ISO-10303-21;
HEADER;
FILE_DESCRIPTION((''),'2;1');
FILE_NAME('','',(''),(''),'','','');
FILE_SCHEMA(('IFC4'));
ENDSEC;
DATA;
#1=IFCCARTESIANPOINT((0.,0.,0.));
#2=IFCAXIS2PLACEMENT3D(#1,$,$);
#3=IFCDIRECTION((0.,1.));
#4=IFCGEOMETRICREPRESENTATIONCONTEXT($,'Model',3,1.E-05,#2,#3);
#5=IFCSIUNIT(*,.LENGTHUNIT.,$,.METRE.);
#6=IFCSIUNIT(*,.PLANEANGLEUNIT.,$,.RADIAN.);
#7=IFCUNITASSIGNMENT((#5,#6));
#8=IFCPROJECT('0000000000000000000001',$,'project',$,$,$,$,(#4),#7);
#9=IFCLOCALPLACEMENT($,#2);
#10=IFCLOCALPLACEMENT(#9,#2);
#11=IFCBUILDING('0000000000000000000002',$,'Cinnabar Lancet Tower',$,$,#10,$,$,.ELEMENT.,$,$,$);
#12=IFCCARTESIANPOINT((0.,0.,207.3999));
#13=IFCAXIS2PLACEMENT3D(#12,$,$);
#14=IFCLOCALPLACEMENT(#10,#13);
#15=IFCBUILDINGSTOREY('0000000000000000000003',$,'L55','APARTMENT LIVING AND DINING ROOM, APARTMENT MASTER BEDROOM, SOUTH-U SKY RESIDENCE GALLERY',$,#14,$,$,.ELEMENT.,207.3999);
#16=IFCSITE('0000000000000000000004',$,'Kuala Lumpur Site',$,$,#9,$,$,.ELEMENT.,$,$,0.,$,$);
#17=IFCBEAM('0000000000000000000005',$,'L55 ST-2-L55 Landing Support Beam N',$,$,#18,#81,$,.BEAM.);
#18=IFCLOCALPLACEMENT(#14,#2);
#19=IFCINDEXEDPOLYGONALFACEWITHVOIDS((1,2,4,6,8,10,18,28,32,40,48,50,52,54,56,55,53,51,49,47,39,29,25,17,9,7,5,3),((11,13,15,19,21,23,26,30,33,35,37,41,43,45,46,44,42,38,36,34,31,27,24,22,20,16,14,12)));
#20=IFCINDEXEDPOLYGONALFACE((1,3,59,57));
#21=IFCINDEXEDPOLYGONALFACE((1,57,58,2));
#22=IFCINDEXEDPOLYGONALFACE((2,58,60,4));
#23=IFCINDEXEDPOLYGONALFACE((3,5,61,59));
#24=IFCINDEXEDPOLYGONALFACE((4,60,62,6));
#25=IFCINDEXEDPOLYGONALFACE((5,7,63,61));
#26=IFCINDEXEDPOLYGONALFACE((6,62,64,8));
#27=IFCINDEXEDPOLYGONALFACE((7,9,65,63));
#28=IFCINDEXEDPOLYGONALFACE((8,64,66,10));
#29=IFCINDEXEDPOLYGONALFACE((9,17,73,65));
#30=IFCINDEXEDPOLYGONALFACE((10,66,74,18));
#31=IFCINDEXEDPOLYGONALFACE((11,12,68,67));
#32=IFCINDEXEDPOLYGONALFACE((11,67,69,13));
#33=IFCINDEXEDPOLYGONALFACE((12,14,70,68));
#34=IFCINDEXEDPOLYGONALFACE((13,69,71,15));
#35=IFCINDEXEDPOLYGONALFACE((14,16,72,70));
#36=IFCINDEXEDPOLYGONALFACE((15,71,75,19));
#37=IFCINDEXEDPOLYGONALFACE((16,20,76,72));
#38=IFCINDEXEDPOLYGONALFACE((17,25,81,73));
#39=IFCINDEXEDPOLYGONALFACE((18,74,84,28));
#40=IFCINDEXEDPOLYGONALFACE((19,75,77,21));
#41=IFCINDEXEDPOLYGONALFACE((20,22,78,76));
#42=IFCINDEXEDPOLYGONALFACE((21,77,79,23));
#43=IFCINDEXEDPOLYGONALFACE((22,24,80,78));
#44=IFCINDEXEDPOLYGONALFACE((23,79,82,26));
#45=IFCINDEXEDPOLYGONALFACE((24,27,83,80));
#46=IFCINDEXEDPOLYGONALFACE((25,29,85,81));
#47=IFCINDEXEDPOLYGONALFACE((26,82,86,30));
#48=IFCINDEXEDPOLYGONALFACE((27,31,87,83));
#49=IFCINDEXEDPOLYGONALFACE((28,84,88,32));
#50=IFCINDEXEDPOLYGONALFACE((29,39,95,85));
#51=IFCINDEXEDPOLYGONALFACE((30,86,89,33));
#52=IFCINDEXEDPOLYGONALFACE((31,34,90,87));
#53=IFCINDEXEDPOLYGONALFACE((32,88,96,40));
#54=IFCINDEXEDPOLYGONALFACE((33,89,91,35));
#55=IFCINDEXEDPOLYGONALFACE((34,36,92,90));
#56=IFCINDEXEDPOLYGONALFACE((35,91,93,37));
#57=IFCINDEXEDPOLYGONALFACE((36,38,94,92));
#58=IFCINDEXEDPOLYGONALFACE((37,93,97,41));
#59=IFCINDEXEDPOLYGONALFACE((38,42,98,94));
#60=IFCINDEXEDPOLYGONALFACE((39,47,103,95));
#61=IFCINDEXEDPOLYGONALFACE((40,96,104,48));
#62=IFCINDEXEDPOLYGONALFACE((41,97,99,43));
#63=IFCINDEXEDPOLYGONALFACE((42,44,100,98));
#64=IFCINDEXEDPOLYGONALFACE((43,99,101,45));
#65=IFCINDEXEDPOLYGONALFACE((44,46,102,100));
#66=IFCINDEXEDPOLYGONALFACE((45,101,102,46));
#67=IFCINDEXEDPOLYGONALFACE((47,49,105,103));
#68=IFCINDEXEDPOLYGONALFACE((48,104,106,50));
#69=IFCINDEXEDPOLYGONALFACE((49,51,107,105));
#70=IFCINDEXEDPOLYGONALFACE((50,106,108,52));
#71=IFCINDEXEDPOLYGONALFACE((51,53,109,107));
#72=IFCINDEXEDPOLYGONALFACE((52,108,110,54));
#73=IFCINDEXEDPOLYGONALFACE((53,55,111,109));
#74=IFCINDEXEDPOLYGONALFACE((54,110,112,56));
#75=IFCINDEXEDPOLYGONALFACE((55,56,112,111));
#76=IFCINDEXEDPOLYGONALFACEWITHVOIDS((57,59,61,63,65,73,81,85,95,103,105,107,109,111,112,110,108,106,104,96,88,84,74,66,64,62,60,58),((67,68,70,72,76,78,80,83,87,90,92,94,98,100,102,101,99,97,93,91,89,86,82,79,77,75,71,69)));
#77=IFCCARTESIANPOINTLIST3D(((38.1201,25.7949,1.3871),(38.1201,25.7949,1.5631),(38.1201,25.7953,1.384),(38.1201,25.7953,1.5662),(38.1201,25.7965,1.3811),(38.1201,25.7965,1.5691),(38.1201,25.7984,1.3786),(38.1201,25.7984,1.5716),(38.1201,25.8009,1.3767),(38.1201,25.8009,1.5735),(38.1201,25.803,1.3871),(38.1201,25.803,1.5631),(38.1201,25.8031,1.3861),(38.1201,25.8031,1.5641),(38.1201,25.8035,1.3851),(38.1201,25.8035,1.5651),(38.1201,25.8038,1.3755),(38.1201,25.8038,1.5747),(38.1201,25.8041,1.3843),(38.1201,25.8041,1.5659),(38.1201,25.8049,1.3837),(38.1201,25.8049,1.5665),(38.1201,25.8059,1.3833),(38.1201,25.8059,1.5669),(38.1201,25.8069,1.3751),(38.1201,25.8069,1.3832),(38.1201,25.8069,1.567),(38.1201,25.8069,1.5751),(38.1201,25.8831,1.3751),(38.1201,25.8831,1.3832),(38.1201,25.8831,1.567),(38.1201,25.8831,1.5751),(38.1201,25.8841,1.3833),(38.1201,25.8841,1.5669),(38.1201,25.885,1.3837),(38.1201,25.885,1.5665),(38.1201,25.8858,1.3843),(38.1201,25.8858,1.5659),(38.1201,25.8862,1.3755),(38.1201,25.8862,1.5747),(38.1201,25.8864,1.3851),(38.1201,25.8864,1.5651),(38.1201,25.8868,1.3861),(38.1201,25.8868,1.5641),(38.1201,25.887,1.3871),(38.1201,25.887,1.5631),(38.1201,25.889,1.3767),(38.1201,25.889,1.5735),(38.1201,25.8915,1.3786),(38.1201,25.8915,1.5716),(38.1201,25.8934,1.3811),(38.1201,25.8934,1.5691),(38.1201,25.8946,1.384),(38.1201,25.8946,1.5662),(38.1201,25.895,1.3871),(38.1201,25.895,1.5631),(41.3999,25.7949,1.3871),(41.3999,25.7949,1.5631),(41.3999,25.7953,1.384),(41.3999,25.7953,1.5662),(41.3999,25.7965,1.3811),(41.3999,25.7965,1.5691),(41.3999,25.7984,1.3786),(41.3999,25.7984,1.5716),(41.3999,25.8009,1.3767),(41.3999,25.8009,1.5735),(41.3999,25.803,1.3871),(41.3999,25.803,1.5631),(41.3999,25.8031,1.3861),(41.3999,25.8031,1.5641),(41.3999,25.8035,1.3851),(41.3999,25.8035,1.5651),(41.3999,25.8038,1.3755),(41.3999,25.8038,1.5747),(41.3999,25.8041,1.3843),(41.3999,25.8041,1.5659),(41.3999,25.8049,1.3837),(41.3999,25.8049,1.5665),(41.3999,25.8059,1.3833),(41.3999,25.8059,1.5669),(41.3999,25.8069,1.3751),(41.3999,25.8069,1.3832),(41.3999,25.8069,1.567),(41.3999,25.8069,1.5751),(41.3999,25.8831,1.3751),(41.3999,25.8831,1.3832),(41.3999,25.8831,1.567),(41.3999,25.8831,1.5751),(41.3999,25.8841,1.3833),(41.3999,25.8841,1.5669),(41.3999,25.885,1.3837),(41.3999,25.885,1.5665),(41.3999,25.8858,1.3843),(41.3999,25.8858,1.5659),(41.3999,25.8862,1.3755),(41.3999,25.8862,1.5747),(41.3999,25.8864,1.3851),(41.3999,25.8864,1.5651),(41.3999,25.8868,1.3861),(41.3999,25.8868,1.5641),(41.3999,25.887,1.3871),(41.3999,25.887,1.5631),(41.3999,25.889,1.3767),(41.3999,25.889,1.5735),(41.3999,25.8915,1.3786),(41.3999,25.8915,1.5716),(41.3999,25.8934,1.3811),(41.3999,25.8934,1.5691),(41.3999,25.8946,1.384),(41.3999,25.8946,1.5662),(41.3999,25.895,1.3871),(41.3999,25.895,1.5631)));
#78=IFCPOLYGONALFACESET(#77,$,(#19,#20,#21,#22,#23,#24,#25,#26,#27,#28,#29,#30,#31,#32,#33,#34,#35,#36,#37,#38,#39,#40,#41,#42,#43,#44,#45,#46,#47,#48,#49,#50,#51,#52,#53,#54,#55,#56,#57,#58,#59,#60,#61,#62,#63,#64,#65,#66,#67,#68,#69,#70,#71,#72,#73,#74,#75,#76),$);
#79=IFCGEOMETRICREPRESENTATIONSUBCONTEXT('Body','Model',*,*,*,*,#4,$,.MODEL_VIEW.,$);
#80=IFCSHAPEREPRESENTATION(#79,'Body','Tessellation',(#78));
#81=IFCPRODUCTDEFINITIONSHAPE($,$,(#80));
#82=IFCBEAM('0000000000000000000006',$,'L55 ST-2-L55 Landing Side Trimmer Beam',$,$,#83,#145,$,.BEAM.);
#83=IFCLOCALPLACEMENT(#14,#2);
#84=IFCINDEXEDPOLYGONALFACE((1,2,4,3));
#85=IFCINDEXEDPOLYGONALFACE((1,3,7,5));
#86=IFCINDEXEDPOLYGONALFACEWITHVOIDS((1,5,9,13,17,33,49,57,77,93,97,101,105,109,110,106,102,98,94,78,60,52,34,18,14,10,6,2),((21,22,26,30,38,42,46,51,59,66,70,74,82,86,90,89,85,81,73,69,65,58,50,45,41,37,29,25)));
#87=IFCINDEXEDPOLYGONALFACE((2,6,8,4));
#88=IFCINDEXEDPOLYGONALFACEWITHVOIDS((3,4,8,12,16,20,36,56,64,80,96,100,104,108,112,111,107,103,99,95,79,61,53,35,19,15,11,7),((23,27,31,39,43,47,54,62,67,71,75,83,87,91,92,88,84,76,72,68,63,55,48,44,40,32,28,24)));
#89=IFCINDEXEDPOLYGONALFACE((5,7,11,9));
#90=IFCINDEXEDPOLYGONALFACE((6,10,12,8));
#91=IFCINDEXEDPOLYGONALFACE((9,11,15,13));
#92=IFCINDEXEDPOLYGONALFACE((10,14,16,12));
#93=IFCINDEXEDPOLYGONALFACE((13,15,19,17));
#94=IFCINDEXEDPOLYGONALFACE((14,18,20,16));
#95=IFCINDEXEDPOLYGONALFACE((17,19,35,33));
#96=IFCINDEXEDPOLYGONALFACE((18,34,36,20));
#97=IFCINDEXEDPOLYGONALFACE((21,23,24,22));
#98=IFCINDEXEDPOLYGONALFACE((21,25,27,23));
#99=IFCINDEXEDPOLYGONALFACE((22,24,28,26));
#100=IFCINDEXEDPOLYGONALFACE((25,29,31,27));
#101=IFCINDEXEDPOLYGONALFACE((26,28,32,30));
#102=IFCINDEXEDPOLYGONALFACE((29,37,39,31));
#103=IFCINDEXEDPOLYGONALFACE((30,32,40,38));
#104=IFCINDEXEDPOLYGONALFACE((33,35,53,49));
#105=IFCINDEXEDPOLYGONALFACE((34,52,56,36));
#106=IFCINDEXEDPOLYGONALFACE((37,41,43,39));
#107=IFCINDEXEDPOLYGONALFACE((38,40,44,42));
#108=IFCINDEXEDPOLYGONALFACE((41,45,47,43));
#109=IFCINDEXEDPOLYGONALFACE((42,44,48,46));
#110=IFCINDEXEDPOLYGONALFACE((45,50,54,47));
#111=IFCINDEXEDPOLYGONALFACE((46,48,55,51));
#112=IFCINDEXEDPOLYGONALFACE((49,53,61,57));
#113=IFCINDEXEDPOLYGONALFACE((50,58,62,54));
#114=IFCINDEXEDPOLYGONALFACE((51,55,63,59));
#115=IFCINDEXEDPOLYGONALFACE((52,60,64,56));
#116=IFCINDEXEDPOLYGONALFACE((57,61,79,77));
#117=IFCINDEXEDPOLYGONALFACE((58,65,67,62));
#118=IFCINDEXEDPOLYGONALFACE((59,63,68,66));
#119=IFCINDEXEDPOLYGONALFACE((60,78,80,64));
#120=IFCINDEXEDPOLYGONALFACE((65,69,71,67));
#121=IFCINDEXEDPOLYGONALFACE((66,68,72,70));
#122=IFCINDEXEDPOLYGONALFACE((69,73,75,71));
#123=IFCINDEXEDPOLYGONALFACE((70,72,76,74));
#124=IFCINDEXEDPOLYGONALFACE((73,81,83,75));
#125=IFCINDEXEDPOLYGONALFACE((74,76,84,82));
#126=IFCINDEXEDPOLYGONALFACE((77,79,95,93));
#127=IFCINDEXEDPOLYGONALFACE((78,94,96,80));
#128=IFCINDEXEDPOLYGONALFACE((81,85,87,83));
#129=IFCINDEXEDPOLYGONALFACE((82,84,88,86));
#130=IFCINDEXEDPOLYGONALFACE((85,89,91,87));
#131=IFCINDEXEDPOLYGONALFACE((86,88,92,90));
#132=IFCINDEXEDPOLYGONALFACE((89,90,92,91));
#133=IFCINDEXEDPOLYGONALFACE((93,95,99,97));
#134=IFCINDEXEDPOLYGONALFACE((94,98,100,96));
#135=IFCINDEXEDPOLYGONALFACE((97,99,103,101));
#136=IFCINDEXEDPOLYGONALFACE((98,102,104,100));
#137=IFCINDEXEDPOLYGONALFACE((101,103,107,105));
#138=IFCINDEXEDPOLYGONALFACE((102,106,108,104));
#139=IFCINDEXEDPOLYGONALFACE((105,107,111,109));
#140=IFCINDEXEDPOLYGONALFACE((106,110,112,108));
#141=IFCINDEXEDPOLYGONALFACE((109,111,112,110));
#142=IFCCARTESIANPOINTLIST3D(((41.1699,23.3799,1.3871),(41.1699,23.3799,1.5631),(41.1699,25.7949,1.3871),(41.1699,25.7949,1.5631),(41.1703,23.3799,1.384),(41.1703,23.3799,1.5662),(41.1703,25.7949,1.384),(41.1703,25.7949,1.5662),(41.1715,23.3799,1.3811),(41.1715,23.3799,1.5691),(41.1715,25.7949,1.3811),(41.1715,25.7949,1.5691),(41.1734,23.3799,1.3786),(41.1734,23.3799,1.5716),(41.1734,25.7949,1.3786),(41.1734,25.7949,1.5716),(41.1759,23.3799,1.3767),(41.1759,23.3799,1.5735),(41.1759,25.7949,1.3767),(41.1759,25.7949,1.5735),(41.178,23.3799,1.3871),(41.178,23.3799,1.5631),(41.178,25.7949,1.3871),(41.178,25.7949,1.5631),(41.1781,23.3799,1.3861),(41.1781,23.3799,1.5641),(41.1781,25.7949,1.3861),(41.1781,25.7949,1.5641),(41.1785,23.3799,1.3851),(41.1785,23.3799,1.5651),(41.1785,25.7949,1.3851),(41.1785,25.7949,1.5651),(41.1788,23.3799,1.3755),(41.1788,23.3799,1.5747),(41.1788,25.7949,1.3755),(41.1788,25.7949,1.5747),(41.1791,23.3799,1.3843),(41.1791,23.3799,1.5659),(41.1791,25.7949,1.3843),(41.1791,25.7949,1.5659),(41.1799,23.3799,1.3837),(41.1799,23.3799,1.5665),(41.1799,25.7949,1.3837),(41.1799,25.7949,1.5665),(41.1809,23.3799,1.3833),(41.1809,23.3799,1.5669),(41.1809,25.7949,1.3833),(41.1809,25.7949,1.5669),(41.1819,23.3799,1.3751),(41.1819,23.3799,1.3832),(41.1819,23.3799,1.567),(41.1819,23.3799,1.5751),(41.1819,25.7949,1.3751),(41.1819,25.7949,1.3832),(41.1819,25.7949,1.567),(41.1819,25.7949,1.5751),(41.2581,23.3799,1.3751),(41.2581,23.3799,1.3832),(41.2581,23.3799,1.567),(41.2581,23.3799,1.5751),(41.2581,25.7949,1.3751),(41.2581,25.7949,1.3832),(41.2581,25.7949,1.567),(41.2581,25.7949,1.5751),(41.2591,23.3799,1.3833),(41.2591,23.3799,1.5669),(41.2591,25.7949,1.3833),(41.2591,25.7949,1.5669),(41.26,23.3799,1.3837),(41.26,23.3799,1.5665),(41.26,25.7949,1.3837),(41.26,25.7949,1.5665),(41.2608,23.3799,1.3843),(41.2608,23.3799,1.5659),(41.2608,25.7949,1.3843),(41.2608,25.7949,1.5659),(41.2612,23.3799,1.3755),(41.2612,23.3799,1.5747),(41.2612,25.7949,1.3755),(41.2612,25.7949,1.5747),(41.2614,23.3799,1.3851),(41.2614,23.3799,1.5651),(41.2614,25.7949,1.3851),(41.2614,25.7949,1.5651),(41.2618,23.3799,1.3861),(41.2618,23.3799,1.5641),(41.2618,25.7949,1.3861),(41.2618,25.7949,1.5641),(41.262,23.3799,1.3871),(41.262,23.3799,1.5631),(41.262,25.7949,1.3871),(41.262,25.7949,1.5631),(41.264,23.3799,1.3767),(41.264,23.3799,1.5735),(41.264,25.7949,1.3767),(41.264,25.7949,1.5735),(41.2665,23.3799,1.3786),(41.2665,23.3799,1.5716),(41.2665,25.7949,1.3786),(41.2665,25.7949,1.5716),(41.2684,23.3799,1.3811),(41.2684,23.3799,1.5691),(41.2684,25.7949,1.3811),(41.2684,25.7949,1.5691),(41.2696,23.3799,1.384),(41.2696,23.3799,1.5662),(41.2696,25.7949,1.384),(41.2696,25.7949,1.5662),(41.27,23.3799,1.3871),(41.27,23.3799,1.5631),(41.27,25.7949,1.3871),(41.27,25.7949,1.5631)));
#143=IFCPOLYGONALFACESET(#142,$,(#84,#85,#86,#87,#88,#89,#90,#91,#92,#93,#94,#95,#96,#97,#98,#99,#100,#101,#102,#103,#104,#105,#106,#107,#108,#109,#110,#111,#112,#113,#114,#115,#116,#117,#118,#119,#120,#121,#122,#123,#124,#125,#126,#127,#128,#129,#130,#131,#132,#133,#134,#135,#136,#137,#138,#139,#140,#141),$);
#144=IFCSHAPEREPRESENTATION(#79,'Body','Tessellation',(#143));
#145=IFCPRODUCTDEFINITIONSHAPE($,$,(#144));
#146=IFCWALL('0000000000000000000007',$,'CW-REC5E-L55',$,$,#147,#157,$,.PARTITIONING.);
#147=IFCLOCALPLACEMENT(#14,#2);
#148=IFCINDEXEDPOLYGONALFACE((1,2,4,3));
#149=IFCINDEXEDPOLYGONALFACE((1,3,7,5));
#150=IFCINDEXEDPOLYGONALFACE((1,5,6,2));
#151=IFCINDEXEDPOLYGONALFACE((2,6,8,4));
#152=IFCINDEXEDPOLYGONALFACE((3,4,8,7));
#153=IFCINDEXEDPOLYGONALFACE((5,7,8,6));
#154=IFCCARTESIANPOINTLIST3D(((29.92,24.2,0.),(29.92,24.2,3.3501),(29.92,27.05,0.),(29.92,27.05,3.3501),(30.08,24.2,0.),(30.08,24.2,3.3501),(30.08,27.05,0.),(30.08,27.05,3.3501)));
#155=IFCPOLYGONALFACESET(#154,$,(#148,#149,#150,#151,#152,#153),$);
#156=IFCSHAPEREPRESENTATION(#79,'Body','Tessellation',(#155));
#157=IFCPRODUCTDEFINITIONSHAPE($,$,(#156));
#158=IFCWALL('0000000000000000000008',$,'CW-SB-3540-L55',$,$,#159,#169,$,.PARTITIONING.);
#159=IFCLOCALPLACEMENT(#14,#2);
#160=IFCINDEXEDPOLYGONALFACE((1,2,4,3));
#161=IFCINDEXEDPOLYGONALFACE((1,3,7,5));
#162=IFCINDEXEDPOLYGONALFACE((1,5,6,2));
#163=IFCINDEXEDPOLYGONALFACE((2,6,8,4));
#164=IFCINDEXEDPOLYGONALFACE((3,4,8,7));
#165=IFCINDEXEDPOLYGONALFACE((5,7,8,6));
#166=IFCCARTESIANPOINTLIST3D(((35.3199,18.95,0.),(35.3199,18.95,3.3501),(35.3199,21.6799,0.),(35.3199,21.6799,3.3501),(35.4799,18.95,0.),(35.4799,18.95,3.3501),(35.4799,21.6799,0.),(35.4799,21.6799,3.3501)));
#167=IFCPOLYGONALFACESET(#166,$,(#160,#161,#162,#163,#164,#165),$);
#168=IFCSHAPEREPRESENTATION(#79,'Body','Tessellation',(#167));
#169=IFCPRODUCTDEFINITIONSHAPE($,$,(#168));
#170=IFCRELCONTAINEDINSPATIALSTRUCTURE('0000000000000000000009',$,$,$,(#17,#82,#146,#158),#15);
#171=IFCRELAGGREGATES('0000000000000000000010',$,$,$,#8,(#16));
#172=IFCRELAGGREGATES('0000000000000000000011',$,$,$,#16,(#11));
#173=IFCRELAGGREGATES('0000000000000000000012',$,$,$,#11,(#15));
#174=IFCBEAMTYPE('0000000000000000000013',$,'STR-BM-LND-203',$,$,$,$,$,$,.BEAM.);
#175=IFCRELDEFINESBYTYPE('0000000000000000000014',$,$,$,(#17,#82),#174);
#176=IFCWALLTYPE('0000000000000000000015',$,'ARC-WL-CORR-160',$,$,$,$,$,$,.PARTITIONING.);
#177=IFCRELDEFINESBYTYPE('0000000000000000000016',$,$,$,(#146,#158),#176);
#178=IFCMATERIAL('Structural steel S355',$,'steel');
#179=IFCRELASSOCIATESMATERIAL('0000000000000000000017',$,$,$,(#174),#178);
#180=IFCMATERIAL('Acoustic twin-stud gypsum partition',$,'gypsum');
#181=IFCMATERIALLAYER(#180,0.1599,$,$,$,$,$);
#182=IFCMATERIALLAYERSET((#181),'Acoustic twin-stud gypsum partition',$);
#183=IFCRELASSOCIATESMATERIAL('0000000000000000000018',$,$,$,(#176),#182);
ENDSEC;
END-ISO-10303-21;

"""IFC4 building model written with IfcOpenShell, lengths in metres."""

from ifc_helpers import new_model, si_unit, direction, frame, frame_2d, origin, origin_2d, place, context, subcontext, project, spatial, rectangle, hollow_rectangle, extrude, material, layer, layer_set, material_profile, profile_set, type_object, element, save


model = new_model("IFC4")

# Units and contexts
model_context = context("Model", 3, precision=1e-05, world=origin(), true_north=direction((0.0, 1.0)))
body_context = subcontext(model_context, "Body", "Model", "MODEL_VIEW")
ifc_project = project(units=[si_unit("LENGTHUNIT", "METRE"), si_unit("PLANEANGLEUNIT", "RADIAN")], contexts=[model_context])

# Site, building, storey
site_placement = place(None, origin())
site = spatial("IfcSite", under=ifc_project, at=site_placement, Name="Kuala Lumpur Site", CompositionType="ELEMENT", RefElevation=0.0)
building_placement = place(site_placement, origin())
building = spatial("IfcBuilding", under=site, at=building_placement, Name="Cinnabar Lancet Tower", CompositionType="ELEMENT")
storey_placement = place(building_placement, frame((0.0, 0.0, 207.3999)))
storey = spatial("IfcBuildingStorey", under=building, at=storey_placement, Name="L55", Description="APARTMENT LIVING AND DINING ROOM, APARTMENT MASTER BEDROOM, SOUTH-U SKY RESIDENCE GALLERY", CompositionType="ELEMENT", Elevation=207.3999)

# Beams
ifc_material_1 = material(Name="Structural steel S355", Category="steel")
ifc_material_profile_1 = material_profile(ifc_material_1, hollow_rectangle(XDim=0.1001, YDim=0.2, WallThickness=0.0081, InnerFilletRadius=0.0039, OuterFilletRadius=0.012, at=origin_2d()), Name="RHS 200x100x8")
ifc_profile_set_1 = profile_set([ifc_material_profile_1], Name="Structural steel S355")
beam_type_1 = type_object("IfcBeamType", Name="STR-BM-LND-203", PredefinedType="BEAM", material=ifc_profile_set_1)
for number, where, z_axis, x_axis, name in (
    (1, (38.1201, 25.845, 1.4751), (1.0, 0.0, 0.0), (0.0, 1.0, 0.0), "L55 ST-2-L55 Landing Support Beam N"),
):
    element("IfcBeam", number, at=place(storey_placement, frame(where, z_axis=z_axis, x_axis=x_axis)), inside=storey, type_object=beam_type_1, Name=name, PredefinedType="BEAM", context=body_context, shape_type="SweptSolid", body=[
        extrude(hollow_rectangle(XDim=0.1001, YDim=0.2, WallThickness=0.0081, InnerFilletRadius=0.0039, OuterFilletRadius=0.012, at=origin_2d()), origin(), (0.0, 0.0, 1.0), 3.2798),
    ])
beam_1_placement = place(storey_placement, frame((41.22, 23.3799, 1.4751), z_axis=(0.0, 1.0, 0.0), x_axis=(-1.0, 0.0, 0.0)))
element("IfcBeam", 2, at=beam_1_placement, inside=storey, type_object=beam_type_1, Name="L55 ST-2-L55 Landing Side Trimmer Beam", PredefinedType="BEAM", context=body_context, shape_type="SweptSolid", body=[
    extrude(hollow_rectangle(XDim=0.1001, YDim=0.2, WallThickness=0.0081, InnerFilletRadius=0.0039, OuterFilletRadius=0.012, at=origin_2d()), origin(), (0.0, 0.0, 1.0), 2.415),
])

# Walls
ifc_material_2 = material(Name="Acoustic twin-stud gypsum partition", Category="gypsum")
ifc_layer_1 = layer(ifc_material_2, 0.1599)
ifc_layer_set_1 = layer_set([ifc_layer_1], Name="Acoustic twin-stud gypsum partition")
wall_type_1 = type_object("IfcWallType", Name="ARC-WL-CORR-160", PredefinedType="PARTITIONING", material=ifc_layer_set_1)
wall_1_placement = place(storey_placement, frame((30.0, 24.2, 0.0), z_axis=(0.0, 0.0, 1.0), x_axis=(0.0, 1.0, 0.0)))
element("IfcWall", 3, at=wall_1_placement, inside=storey, type_object=wall_type_1, Name="CW-REC5E-L55", PredefinedType="PARTITIONING", context=body_context, shape_type="SweptSolid", body=[
    extrude(rectangle(XDim=2.8501, YDim=0.1599, at=frame_2d((1.425, 0.0))), origin(), (0.0, 0.0, 1.0), 3.3501),
])
wall_2_placement = place(storey_placement, frame((35.3999, 18.95, 0.0), z_axis=(0.0, 0.0, 1.0), x_axis=(0.0, 1.0, 0.0)))
element("IfcWall", 4, at=wall_2_placement, inside=storey, type_object=wall_type_1, Name="CW-SB-3540-L55", PredefinedType="PARTITIONING", context=body_context, shape_type="SweptSolid", body=[
    extrude(rectangle(XDim=2.73, YDim=0.1599, at=frame_2d((1.365, 0.0))), origin(), (0.0, 0.0, 1.0), 3.3501),
])

save(model, "model.ifc")
